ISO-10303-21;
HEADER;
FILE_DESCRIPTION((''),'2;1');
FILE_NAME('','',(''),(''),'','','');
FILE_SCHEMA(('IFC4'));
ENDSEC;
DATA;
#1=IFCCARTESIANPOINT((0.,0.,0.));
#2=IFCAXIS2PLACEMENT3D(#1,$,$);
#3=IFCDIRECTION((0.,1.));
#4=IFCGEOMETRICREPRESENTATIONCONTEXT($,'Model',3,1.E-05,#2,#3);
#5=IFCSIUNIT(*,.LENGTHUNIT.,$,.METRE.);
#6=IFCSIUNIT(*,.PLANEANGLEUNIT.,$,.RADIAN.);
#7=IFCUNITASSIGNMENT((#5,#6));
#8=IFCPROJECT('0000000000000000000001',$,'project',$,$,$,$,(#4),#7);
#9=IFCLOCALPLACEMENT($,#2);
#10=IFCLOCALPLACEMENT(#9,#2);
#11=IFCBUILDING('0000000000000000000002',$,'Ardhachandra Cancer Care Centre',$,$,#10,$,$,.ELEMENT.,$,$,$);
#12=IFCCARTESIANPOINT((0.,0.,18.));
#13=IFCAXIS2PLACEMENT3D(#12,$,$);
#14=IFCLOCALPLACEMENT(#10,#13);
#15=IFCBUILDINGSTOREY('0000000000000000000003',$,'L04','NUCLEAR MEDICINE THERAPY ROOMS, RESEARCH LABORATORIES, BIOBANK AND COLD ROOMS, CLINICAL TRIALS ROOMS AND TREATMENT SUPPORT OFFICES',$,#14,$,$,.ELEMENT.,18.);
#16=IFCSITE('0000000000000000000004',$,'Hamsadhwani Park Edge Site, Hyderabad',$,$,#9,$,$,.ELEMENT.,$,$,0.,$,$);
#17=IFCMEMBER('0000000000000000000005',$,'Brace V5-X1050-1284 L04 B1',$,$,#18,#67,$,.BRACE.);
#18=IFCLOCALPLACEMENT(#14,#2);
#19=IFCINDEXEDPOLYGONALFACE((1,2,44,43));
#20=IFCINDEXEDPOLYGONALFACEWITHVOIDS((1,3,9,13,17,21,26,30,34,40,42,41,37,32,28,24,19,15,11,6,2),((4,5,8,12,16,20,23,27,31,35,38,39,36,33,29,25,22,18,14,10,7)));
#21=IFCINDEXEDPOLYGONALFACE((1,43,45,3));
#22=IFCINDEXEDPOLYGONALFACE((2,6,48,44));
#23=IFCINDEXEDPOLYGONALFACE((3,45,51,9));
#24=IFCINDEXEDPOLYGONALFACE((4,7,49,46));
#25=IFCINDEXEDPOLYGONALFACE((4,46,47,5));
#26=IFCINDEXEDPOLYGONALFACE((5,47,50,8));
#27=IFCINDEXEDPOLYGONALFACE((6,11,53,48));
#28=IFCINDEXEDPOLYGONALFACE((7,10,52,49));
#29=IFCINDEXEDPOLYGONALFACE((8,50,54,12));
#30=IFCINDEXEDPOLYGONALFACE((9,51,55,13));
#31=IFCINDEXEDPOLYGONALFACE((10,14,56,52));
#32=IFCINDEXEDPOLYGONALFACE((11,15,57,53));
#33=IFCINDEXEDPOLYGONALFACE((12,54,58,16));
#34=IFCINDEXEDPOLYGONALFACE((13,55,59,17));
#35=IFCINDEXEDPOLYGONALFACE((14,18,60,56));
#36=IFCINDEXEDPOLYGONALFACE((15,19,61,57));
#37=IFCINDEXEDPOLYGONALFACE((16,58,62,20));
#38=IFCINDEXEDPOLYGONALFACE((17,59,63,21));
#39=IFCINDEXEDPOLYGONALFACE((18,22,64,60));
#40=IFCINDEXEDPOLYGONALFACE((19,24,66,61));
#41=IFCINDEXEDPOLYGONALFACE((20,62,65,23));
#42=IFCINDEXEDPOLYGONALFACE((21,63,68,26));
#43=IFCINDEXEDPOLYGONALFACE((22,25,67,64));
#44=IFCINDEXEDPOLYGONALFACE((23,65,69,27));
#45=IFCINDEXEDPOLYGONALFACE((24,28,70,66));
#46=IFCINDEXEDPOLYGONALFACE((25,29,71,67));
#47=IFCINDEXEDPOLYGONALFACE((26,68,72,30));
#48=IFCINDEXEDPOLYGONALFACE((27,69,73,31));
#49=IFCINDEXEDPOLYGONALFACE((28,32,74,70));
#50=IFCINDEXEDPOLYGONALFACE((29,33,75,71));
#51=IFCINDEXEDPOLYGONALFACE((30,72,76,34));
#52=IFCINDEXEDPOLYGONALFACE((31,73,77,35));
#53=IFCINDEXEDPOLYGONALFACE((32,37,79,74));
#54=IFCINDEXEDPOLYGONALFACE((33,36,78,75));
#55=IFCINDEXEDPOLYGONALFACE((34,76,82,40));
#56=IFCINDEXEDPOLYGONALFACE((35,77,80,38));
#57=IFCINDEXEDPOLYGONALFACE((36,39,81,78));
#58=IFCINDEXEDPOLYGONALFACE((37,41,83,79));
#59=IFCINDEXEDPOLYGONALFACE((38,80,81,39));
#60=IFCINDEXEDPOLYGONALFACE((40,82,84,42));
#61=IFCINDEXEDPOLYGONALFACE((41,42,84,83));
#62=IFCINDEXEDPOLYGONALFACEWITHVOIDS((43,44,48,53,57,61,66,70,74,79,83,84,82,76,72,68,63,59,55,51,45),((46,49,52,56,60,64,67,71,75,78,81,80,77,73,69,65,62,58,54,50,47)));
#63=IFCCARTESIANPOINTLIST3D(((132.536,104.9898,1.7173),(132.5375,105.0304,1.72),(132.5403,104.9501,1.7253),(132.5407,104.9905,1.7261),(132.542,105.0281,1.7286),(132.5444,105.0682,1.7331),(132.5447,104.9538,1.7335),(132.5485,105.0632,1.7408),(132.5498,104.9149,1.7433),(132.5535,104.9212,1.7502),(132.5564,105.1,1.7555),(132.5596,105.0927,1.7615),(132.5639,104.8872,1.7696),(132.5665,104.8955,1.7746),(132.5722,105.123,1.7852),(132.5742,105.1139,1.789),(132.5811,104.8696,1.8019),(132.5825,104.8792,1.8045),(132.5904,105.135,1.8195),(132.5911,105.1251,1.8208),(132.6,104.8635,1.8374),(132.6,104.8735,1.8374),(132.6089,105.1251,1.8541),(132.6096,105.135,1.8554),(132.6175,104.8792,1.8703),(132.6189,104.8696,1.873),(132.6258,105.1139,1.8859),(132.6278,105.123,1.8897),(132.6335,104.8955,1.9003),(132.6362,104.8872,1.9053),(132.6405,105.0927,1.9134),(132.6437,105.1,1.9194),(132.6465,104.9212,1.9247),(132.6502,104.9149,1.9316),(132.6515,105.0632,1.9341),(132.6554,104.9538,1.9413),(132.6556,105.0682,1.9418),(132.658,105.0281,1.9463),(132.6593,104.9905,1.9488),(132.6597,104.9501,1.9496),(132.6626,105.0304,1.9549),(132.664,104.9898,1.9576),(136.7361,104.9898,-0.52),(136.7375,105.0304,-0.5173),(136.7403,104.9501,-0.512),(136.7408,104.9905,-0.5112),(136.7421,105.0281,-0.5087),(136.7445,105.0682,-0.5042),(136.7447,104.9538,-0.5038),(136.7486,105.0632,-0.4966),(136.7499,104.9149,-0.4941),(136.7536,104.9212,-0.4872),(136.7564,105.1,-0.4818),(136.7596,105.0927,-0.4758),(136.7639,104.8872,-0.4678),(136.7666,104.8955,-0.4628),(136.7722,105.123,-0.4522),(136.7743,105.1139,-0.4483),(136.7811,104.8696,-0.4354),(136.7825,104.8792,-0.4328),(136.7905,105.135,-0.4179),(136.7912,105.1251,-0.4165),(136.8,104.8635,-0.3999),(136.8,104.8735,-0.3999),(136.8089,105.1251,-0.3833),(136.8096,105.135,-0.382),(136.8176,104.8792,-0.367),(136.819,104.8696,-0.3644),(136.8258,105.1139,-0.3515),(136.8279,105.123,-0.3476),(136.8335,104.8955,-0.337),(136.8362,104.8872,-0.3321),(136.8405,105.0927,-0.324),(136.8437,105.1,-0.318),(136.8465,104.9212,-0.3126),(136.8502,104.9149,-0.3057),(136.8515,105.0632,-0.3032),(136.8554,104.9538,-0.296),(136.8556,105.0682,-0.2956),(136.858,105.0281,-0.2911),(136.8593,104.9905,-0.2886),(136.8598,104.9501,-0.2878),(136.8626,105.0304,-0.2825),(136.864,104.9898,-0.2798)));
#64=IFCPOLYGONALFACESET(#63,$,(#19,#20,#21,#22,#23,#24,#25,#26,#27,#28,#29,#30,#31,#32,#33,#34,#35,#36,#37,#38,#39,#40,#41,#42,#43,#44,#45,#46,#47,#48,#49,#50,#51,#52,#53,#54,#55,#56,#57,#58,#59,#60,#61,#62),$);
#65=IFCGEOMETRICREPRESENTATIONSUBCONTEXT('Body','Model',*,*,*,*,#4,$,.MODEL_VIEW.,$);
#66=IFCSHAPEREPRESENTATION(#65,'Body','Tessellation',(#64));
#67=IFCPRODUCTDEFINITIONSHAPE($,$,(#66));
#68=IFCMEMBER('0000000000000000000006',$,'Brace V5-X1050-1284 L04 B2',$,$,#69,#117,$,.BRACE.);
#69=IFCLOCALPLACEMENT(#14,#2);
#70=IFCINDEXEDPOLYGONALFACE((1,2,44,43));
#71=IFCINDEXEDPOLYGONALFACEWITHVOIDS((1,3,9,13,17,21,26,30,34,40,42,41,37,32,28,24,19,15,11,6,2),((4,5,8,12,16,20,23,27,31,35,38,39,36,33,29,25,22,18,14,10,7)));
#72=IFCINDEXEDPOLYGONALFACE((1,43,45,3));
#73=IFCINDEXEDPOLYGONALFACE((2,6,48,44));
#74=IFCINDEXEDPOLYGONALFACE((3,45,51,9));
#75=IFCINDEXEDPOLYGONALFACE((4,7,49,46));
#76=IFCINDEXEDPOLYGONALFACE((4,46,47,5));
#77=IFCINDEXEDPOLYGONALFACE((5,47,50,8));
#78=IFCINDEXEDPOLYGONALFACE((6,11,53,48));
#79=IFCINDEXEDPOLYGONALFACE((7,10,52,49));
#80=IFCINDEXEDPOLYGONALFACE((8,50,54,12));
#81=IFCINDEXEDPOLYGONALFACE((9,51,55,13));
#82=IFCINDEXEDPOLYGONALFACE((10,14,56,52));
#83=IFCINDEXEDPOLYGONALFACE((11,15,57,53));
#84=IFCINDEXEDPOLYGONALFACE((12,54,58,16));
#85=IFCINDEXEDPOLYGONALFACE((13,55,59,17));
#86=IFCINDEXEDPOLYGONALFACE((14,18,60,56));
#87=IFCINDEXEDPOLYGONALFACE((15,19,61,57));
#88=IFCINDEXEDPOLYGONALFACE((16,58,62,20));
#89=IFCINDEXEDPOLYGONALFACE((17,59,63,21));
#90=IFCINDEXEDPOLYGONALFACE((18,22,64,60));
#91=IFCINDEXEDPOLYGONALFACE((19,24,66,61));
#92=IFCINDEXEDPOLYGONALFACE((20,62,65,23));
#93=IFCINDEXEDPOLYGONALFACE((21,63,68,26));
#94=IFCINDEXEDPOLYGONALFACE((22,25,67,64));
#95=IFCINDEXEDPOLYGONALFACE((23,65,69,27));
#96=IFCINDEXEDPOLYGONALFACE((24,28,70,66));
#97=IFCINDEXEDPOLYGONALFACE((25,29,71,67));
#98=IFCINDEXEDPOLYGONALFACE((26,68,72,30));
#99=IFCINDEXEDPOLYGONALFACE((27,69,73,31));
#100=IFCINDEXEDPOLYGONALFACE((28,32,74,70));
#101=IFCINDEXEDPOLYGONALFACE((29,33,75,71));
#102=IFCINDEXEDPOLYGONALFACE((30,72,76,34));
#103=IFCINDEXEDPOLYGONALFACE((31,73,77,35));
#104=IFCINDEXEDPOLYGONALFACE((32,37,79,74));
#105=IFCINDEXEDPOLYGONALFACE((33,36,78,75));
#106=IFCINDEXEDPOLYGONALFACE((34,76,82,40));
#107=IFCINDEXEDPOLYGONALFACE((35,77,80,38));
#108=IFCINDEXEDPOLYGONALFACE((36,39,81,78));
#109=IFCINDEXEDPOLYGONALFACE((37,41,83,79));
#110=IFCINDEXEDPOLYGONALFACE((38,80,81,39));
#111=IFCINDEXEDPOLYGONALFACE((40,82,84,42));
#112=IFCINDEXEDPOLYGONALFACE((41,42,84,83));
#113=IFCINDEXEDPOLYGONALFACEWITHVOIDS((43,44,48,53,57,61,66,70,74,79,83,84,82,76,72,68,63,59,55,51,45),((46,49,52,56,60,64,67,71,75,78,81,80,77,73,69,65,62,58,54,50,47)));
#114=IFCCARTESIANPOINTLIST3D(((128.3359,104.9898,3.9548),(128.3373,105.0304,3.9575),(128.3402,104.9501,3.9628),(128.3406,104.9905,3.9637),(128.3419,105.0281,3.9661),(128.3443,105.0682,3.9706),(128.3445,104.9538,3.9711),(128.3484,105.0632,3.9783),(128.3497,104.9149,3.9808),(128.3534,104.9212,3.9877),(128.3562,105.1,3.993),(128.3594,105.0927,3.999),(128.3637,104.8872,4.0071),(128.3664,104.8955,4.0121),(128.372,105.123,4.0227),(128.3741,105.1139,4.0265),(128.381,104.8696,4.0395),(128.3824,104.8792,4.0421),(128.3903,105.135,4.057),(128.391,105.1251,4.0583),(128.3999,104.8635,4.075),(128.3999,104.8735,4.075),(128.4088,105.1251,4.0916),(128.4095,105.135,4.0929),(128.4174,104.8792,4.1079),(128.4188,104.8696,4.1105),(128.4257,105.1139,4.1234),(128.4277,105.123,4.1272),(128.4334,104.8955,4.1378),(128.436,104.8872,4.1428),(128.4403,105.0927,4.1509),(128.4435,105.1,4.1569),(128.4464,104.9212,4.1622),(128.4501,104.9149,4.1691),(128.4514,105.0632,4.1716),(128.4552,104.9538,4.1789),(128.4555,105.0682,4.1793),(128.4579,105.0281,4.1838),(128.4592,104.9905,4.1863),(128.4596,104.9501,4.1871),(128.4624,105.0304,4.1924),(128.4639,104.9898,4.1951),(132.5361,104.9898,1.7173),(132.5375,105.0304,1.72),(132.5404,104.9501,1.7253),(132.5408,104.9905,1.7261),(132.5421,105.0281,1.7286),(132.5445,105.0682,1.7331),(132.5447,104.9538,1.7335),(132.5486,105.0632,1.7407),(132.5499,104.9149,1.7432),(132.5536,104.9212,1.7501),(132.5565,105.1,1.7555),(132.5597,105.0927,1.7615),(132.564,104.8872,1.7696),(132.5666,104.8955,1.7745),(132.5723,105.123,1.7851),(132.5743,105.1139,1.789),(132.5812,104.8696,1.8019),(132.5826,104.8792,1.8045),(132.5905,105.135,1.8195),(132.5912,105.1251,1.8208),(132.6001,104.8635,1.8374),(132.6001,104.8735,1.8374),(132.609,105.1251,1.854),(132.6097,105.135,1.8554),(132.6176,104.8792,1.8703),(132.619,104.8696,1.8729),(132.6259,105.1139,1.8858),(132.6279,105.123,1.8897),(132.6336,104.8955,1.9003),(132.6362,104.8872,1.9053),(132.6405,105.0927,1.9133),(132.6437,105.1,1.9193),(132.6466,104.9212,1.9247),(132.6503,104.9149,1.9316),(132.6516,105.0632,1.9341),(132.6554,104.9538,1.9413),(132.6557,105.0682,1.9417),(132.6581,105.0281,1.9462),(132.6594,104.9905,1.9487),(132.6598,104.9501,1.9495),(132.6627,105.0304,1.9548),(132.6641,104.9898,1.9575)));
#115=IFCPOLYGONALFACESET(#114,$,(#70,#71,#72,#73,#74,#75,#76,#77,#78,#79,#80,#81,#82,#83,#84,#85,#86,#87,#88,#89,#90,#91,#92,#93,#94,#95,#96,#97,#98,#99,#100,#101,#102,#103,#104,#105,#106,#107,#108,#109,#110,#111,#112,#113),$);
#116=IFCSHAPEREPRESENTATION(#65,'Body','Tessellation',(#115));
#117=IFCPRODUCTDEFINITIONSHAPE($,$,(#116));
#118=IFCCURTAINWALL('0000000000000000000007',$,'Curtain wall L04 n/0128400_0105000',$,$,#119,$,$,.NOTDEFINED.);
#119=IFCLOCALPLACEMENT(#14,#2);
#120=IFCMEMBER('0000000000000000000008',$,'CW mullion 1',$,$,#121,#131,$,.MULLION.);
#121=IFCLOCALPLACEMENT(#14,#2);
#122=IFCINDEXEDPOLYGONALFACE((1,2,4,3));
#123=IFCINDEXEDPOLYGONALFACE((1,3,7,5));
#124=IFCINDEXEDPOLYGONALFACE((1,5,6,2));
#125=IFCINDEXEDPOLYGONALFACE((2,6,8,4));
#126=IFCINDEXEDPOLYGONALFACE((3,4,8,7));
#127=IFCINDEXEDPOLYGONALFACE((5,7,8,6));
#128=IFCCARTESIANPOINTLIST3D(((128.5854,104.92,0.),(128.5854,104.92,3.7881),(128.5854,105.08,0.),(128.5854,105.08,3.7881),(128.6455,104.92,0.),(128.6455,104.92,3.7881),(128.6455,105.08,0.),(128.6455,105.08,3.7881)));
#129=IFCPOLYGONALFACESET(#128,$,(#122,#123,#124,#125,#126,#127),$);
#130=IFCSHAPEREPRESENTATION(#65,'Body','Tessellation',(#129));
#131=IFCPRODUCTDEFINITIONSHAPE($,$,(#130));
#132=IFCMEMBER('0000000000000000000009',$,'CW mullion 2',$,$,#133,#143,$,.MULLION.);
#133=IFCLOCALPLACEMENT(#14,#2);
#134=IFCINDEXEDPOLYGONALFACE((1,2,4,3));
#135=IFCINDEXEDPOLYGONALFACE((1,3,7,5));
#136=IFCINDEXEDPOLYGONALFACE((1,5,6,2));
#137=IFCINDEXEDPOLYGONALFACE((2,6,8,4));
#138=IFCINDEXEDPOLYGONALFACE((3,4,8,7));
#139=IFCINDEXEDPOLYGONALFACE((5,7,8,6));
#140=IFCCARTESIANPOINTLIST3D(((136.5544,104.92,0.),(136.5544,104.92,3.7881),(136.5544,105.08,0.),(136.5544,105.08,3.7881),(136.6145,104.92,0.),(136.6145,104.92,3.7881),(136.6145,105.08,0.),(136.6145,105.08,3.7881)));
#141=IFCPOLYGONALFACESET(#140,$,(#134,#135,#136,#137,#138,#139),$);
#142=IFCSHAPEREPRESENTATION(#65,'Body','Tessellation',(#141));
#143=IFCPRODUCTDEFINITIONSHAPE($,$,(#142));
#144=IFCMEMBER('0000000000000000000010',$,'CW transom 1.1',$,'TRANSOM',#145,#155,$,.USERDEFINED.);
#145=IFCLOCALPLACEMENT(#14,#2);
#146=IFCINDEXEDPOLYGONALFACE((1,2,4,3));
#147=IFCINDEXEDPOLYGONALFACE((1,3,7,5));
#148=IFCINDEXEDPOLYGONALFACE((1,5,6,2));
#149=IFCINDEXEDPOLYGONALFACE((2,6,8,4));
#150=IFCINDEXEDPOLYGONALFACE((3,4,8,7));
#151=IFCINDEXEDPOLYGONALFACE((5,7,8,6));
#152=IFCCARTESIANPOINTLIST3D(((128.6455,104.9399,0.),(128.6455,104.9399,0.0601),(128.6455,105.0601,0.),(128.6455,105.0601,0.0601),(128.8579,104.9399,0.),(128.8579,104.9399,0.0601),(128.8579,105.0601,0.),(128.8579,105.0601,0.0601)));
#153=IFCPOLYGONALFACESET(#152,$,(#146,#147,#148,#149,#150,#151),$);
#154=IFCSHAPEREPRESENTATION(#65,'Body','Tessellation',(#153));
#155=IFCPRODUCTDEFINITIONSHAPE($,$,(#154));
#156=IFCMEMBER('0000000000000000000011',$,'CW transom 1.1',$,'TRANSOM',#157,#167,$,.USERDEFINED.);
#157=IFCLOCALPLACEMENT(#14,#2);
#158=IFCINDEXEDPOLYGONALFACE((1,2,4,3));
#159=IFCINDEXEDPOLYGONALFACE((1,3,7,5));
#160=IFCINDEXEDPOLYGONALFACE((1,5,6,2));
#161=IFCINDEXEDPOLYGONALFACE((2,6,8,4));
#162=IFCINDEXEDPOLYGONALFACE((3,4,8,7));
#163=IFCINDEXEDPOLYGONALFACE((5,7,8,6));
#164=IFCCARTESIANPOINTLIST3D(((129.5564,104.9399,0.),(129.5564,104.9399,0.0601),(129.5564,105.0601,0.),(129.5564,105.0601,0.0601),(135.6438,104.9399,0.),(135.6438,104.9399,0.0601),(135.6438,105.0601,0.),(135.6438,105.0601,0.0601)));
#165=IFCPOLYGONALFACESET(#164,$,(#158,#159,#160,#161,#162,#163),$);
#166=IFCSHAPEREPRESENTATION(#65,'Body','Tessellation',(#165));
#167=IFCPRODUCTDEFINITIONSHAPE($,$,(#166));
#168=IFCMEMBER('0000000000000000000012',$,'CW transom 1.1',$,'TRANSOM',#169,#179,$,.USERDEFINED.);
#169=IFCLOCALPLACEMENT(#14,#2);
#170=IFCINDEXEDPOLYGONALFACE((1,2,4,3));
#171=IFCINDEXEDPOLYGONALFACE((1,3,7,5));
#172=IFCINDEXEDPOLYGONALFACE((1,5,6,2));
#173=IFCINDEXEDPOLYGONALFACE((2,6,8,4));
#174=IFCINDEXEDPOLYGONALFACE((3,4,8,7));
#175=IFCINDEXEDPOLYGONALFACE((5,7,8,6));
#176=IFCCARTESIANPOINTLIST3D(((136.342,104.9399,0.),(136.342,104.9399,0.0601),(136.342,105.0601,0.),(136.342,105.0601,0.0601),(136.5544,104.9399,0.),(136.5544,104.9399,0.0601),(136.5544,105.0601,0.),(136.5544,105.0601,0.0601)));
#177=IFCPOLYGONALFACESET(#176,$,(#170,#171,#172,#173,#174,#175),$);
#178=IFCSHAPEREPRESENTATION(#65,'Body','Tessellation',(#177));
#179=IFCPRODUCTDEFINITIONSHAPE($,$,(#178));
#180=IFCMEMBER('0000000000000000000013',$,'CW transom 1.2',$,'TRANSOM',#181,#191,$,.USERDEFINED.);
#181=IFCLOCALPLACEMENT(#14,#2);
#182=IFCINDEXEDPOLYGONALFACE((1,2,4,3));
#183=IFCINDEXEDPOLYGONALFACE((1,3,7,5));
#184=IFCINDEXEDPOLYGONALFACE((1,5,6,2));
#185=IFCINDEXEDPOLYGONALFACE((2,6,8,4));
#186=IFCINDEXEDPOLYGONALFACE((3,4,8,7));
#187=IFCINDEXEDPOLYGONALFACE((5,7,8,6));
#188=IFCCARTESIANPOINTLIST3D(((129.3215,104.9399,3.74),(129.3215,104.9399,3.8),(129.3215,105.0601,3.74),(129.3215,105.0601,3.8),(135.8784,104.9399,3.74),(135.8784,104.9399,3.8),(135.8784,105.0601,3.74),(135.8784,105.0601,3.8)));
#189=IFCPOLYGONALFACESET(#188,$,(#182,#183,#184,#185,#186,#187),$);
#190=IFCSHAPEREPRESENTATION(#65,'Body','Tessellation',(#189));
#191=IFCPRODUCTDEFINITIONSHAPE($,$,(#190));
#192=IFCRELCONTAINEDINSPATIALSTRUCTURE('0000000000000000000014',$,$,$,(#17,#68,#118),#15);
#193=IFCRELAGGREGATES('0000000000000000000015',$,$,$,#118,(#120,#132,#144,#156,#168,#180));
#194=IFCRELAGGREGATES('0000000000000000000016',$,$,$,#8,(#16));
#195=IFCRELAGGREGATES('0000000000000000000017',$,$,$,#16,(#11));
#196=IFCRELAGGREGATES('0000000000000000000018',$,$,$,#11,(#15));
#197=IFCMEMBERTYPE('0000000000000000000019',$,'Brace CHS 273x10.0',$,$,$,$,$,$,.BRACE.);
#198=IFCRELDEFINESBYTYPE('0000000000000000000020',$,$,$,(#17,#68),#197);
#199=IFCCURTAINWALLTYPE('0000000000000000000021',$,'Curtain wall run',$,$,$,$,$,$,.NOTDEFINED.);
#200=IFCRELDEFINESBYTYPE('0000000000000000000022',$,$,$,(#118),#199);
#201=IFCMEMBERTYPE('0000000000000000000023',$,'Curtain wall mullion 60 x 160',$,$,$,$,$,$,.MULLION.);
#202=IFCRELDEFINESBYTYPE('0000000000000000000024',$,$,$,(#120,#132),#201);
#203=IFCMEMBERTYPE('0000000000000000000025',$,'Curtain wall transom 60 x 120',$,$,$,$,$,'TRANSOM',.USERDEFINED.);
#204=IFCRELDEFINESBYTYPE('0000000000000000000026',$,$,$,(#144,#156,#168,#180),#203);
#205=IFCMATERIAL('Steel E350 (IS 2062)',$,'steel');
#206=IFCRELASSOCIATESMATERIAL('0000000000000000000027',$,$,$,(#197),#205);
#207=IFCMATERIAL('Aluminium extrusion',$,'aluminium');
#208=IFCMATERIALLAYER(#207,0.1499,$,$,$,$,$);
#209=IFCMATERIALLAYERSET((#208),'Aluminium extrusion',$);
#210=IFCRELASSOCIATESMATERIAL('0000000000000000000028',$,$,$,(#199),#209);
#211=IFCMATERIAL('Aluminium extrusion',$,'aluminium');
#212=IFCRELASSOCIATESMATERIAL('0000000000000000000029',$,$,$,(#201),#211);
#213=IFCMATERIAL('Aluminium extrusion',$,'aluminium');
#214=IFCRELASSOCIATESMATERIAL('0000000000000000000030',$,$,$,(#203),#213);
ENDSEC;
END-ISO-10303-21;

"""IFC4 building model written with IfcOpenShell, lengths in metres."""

from ifc_helpers import new_model, si_unit, direction, frame, origin, origin_2d, place, context, subcontext, project, spatial, rectangle, hollow_circle, extrude, material, layer, layer_set, material_profile, profile_set, type_object, element, aggregate, save


model = new_model("IFC4")

# Units and contexts
model_context = context("Model", 3, precision=1e-05, world=origin(), true_north=direction((0.0, 1.0)))
body_context = subcontext(model_context, "Body", "Model", "MODEL_VIEW")
ifc_project = project(units=[si_unit("LENGTHUNIT", "METRE"), si_unit("PLANEANGLEUNIT", "RADIAN")], contexts=[model_context])

# Site, building, storey
site_placement = place(None, origin())
site = spatial("IfcSite", under=ifc_project, at=site_placement, Name="Hamsadhwani Park Edge Site, Hyderabad", CompositionType="ELEMENT", RefElevation=0.0)
building_placement = place(site_placement, origin())
building = spatial("IfcBuilding", under=site, at=building_placement, Name="Ardhachandra Cancer Care Centre", CompositionType="ELEMENT")
storey_placement = place(building_placement, frame((0.0, 0.0, 18.0)))
storey = spatial("IfcBuildingStorey", under=building, at=storey_placement, Name="L04", Description="NUCLEAR MEDICINE THERAPY ROOMS, RESEARCH LABORATORIES, BIOBANK AND COLD ROOMS, CLINICAL TRIALS ROOMS AND TREATMENT SUPPORT OFFICES", CompositionType="ELEMENT", Elevation=18.0)

# Members
ifc_material_1 = material(Name="Steel E350 (IS 2062)", Category="steel")
ifc_material_profile_1 = material_profile(ifc_material_1, hollow_circle(Radius=0.1365, WallThickness=0.01, at=origin_2d()), Name="CHS 273x10.0")
ifc_profile_set_1 = profile_set([ifc_material_profile_1], Name="Steel E350 (IS 2062)")
member_type_1 = type_object("IfcMemberType", Name="Brace CHS 273x10.0", PredefinedType="BRACE", material=ifc_profile_set_1)
member_1_placement = place(storey_placement, frame((136.8, 105.0, -0.3999), z_axis=(-0.882586, 0.0, 0.470151), x_axis=(0.0, -1.0, 0.0)))
element("IfcMember", 1, at=member_1_placement, inside=storey, type_object=member_type_1, Name="Brace V5-X1050-1284 L04 B1", PredefinedType="BRACE", context=body_context, shape_type="SweptSolid", body=[
    extrude(hollow_circle(Radius=0.1365, WallThickness=0.01, at=origin_2d()), origin(), (0.0, 0.0, 1.0), 4.7588),
])
member_2_placement = place(storey_placement, frame((132.6001, 105.0, 1.8374), z_axis=(-0.882576, 0.0, 0.47017), x_axis=(0.0, -1.0, 0.0)))
element("IfcMember", 2, at=member_2_placement, inside=storey, type_object=member_type_1, Name="Brace V5-X1050-1284 L04 B2", PredefinedType="BRACE", context=body_context, shape_type="SweptSolid", body=[
    extrude(hollow_circle(Radius=0.1365, WallThickness=0.01, at=origin_2d()), origin(), (0.0, 0.0, 1.0), 4.759),
])

# Curtain wall, members
ifc_material_2 = material(Name="Aluminium extrusion", Category="aluminium")
ifc_layer_1 = layer(ifc_material_2, 0.1499)
ifc_layer_set_1 = layer_set([ifc_layer_1], Name="Aluminium extrusion")
curtain_wall_type = type_object("IfcCurtainWallType", Name="Curtain wall run", PredefinedType="NOTDEFINED", material=ifc_layer_set_1)
curtain_wall_placement = place(storey_placement, origin())
curtain_wall = element("IfcCurtainWall", 3, at=curtain_wall_placement, inside=storey, type_object=curtain_wall_type, Name="Curtain wall L04 n/0128400_0105000", PredefinedType="NOTDEFINED")
ifc_material_3 = material(Name="Aluminium extrusion", Category="aluminium")
ifc_material_profile_2 = material_profile(ifc_material_3, rectangle(XDim=0.1599, YDim=0.0601, at=origin_2d()), Name="Curtain wall mullion 60 x 160")
ifc_profile_set_2 = profile_set([ifc_material_profile_2], Name="Aluminium extrusion")
member_type_2 = type_object("IfcMemberType", Name="Curtain wall mullion 60 x 160", PredefinedType="MULLION", material=ifc_profile_set_2)
member_3_placement = place(storey_placement, frame((128.6155, 105.0, 0.0), z_axis=(0.0, 0.0, 1.0), x_axis=(0.0, 1.0, 0.0)))
member_3 = element("IfcMember", 4, at=member_3_placement, type_object=member_type_2, Name="CW mullion 1", PredefinedType="MULLION", context=body_context, shape_type="SweptSolid", body=[
    extrude(rectangle(XDim=0.1599, YDim=0.0601, at=origin_2d()), origin(), (0.0, 0.0, 1.0), 3.7881),
])
member_4_placement = place(storey_placement, frame((136.5845, 105.0, 0.0), z_axis=(0.0, 0.0, 1.0), x_axis=(0.0, 1.0, 0.0)))
member_4 = element("IfcMember", 5, at=member_4_placement, type_object=member_type_2, Name="CW mullion 2", PredefinedType="MULLION", context=body_context, shape_type="SweptSolid", body=[
    extrude(rectangle(XDim=0.1599, YDim=0.0601, at=origin_2d()), origin(), (0.0, 0.0, 1.0), 3.7881),
])
ifc_material_4 = material(Name="Aluminium extrusion", Category="aluminium")
ifc_material_profile_3 = material_profile(ifc_material_4, rectangle(XDim=0.1201, YDim=0.0601, at=origin_2d()), Name="Curtain wall transom 60 x 120")
ifc_profile_set_3 = profile_set([ifc_material_profile_3], Name="Aluminium extrusion")
member_type_3 = type_object("IfcMemberType", Name="Curtain wall transom 60 x 120", ElementType="TRANSOM", PredefinedType="USERDEFINED", material=ifc_profile_set_3)
member_5_placement = place(storey_placement, frame((128.6455, 105.0, 0.03), z_axis=(1.0, 0.0, 0.0), x_axis=(0.0, 1.0, 0.0)))
member_5 = element("IfcMember", 6, at=member_5_placement, type_object=member_type_3, Name="CW transom 1.1", ObjectType="TRANSOM", PredefinedType="USERDEFINED", context=body_context, shape_type="SweptSolid", body=[
    extrude(rectangle(XDim=0.1201, YDim=0.0601, at=origin_2d()), origin(), (0.0, 0.0, 1.0), 0.2124),
])
member_6_placement = place(storey_placement, frame((129.5564, 105.0, 0.03), z_axis=(1.0, 0.0, 0.0), x_axis=(0.0, 1.0, 0.0)))
member_6 = element("IfcMember", 7, at=member_6_placement, type_object=member_type_3, Name="CW transom 1.1", ObjectType="TRANSOM", PredefinedType="USERDEFINED", context=body_context, shape_type="SweptSolid", body=[
    extrude(rectangle(XDim=0.1201, YDim=0.0601, at=origin_2d()), origin(), (0.0, 0.0, 1.0), 6.0874),
])
member_7_placement = place(storey_placement, frame((136.342, 105.0, 0.03), z_axis=(1.0, 0.0, 0.0), x_axis=(0.0, 1.0, 0.0)))
member_7 = element("IfcMember", 8, at=member_7_placement, type_object=member_type_3, Name="CW transom 1.1", ObjectType="TRANSOM", PredefinedType="USERDEFINED", context=body_context, shape_type="SweptSolid", body=[
    extrude(rectangle(XDim=0.1201, YDim=0.0601, at=origin_2d()), origin(), (0.0, 0.0, 1.0), 0.2124),
])
member_8_placement = place(storey_placement, frame((129.3215, 105.0, 3.77), z_axis=(1.0, 0.0, 0.0), x_axis=(0.0, 1.0, 0.0)))
member_8 = element("IfcMember", 9, at=member_8_placement, type_object=member_type_3, Name="CW transom 1.2", ObjectType="TRANSOM", PredefinedType="USERDEFINED", context=body_context, shape_type="SweptSolid", body=[
    extrude(rectangle(XDim=0.1201, YDim=0.0601, at=origin_2d()), origin(), (0.0, 0.0, 1.0), 6.5569),
])
aggregate(curtain_wall, [member_3, member_4, member_5, member_6, member_7, member_8])

save(model, "model.ifc")
